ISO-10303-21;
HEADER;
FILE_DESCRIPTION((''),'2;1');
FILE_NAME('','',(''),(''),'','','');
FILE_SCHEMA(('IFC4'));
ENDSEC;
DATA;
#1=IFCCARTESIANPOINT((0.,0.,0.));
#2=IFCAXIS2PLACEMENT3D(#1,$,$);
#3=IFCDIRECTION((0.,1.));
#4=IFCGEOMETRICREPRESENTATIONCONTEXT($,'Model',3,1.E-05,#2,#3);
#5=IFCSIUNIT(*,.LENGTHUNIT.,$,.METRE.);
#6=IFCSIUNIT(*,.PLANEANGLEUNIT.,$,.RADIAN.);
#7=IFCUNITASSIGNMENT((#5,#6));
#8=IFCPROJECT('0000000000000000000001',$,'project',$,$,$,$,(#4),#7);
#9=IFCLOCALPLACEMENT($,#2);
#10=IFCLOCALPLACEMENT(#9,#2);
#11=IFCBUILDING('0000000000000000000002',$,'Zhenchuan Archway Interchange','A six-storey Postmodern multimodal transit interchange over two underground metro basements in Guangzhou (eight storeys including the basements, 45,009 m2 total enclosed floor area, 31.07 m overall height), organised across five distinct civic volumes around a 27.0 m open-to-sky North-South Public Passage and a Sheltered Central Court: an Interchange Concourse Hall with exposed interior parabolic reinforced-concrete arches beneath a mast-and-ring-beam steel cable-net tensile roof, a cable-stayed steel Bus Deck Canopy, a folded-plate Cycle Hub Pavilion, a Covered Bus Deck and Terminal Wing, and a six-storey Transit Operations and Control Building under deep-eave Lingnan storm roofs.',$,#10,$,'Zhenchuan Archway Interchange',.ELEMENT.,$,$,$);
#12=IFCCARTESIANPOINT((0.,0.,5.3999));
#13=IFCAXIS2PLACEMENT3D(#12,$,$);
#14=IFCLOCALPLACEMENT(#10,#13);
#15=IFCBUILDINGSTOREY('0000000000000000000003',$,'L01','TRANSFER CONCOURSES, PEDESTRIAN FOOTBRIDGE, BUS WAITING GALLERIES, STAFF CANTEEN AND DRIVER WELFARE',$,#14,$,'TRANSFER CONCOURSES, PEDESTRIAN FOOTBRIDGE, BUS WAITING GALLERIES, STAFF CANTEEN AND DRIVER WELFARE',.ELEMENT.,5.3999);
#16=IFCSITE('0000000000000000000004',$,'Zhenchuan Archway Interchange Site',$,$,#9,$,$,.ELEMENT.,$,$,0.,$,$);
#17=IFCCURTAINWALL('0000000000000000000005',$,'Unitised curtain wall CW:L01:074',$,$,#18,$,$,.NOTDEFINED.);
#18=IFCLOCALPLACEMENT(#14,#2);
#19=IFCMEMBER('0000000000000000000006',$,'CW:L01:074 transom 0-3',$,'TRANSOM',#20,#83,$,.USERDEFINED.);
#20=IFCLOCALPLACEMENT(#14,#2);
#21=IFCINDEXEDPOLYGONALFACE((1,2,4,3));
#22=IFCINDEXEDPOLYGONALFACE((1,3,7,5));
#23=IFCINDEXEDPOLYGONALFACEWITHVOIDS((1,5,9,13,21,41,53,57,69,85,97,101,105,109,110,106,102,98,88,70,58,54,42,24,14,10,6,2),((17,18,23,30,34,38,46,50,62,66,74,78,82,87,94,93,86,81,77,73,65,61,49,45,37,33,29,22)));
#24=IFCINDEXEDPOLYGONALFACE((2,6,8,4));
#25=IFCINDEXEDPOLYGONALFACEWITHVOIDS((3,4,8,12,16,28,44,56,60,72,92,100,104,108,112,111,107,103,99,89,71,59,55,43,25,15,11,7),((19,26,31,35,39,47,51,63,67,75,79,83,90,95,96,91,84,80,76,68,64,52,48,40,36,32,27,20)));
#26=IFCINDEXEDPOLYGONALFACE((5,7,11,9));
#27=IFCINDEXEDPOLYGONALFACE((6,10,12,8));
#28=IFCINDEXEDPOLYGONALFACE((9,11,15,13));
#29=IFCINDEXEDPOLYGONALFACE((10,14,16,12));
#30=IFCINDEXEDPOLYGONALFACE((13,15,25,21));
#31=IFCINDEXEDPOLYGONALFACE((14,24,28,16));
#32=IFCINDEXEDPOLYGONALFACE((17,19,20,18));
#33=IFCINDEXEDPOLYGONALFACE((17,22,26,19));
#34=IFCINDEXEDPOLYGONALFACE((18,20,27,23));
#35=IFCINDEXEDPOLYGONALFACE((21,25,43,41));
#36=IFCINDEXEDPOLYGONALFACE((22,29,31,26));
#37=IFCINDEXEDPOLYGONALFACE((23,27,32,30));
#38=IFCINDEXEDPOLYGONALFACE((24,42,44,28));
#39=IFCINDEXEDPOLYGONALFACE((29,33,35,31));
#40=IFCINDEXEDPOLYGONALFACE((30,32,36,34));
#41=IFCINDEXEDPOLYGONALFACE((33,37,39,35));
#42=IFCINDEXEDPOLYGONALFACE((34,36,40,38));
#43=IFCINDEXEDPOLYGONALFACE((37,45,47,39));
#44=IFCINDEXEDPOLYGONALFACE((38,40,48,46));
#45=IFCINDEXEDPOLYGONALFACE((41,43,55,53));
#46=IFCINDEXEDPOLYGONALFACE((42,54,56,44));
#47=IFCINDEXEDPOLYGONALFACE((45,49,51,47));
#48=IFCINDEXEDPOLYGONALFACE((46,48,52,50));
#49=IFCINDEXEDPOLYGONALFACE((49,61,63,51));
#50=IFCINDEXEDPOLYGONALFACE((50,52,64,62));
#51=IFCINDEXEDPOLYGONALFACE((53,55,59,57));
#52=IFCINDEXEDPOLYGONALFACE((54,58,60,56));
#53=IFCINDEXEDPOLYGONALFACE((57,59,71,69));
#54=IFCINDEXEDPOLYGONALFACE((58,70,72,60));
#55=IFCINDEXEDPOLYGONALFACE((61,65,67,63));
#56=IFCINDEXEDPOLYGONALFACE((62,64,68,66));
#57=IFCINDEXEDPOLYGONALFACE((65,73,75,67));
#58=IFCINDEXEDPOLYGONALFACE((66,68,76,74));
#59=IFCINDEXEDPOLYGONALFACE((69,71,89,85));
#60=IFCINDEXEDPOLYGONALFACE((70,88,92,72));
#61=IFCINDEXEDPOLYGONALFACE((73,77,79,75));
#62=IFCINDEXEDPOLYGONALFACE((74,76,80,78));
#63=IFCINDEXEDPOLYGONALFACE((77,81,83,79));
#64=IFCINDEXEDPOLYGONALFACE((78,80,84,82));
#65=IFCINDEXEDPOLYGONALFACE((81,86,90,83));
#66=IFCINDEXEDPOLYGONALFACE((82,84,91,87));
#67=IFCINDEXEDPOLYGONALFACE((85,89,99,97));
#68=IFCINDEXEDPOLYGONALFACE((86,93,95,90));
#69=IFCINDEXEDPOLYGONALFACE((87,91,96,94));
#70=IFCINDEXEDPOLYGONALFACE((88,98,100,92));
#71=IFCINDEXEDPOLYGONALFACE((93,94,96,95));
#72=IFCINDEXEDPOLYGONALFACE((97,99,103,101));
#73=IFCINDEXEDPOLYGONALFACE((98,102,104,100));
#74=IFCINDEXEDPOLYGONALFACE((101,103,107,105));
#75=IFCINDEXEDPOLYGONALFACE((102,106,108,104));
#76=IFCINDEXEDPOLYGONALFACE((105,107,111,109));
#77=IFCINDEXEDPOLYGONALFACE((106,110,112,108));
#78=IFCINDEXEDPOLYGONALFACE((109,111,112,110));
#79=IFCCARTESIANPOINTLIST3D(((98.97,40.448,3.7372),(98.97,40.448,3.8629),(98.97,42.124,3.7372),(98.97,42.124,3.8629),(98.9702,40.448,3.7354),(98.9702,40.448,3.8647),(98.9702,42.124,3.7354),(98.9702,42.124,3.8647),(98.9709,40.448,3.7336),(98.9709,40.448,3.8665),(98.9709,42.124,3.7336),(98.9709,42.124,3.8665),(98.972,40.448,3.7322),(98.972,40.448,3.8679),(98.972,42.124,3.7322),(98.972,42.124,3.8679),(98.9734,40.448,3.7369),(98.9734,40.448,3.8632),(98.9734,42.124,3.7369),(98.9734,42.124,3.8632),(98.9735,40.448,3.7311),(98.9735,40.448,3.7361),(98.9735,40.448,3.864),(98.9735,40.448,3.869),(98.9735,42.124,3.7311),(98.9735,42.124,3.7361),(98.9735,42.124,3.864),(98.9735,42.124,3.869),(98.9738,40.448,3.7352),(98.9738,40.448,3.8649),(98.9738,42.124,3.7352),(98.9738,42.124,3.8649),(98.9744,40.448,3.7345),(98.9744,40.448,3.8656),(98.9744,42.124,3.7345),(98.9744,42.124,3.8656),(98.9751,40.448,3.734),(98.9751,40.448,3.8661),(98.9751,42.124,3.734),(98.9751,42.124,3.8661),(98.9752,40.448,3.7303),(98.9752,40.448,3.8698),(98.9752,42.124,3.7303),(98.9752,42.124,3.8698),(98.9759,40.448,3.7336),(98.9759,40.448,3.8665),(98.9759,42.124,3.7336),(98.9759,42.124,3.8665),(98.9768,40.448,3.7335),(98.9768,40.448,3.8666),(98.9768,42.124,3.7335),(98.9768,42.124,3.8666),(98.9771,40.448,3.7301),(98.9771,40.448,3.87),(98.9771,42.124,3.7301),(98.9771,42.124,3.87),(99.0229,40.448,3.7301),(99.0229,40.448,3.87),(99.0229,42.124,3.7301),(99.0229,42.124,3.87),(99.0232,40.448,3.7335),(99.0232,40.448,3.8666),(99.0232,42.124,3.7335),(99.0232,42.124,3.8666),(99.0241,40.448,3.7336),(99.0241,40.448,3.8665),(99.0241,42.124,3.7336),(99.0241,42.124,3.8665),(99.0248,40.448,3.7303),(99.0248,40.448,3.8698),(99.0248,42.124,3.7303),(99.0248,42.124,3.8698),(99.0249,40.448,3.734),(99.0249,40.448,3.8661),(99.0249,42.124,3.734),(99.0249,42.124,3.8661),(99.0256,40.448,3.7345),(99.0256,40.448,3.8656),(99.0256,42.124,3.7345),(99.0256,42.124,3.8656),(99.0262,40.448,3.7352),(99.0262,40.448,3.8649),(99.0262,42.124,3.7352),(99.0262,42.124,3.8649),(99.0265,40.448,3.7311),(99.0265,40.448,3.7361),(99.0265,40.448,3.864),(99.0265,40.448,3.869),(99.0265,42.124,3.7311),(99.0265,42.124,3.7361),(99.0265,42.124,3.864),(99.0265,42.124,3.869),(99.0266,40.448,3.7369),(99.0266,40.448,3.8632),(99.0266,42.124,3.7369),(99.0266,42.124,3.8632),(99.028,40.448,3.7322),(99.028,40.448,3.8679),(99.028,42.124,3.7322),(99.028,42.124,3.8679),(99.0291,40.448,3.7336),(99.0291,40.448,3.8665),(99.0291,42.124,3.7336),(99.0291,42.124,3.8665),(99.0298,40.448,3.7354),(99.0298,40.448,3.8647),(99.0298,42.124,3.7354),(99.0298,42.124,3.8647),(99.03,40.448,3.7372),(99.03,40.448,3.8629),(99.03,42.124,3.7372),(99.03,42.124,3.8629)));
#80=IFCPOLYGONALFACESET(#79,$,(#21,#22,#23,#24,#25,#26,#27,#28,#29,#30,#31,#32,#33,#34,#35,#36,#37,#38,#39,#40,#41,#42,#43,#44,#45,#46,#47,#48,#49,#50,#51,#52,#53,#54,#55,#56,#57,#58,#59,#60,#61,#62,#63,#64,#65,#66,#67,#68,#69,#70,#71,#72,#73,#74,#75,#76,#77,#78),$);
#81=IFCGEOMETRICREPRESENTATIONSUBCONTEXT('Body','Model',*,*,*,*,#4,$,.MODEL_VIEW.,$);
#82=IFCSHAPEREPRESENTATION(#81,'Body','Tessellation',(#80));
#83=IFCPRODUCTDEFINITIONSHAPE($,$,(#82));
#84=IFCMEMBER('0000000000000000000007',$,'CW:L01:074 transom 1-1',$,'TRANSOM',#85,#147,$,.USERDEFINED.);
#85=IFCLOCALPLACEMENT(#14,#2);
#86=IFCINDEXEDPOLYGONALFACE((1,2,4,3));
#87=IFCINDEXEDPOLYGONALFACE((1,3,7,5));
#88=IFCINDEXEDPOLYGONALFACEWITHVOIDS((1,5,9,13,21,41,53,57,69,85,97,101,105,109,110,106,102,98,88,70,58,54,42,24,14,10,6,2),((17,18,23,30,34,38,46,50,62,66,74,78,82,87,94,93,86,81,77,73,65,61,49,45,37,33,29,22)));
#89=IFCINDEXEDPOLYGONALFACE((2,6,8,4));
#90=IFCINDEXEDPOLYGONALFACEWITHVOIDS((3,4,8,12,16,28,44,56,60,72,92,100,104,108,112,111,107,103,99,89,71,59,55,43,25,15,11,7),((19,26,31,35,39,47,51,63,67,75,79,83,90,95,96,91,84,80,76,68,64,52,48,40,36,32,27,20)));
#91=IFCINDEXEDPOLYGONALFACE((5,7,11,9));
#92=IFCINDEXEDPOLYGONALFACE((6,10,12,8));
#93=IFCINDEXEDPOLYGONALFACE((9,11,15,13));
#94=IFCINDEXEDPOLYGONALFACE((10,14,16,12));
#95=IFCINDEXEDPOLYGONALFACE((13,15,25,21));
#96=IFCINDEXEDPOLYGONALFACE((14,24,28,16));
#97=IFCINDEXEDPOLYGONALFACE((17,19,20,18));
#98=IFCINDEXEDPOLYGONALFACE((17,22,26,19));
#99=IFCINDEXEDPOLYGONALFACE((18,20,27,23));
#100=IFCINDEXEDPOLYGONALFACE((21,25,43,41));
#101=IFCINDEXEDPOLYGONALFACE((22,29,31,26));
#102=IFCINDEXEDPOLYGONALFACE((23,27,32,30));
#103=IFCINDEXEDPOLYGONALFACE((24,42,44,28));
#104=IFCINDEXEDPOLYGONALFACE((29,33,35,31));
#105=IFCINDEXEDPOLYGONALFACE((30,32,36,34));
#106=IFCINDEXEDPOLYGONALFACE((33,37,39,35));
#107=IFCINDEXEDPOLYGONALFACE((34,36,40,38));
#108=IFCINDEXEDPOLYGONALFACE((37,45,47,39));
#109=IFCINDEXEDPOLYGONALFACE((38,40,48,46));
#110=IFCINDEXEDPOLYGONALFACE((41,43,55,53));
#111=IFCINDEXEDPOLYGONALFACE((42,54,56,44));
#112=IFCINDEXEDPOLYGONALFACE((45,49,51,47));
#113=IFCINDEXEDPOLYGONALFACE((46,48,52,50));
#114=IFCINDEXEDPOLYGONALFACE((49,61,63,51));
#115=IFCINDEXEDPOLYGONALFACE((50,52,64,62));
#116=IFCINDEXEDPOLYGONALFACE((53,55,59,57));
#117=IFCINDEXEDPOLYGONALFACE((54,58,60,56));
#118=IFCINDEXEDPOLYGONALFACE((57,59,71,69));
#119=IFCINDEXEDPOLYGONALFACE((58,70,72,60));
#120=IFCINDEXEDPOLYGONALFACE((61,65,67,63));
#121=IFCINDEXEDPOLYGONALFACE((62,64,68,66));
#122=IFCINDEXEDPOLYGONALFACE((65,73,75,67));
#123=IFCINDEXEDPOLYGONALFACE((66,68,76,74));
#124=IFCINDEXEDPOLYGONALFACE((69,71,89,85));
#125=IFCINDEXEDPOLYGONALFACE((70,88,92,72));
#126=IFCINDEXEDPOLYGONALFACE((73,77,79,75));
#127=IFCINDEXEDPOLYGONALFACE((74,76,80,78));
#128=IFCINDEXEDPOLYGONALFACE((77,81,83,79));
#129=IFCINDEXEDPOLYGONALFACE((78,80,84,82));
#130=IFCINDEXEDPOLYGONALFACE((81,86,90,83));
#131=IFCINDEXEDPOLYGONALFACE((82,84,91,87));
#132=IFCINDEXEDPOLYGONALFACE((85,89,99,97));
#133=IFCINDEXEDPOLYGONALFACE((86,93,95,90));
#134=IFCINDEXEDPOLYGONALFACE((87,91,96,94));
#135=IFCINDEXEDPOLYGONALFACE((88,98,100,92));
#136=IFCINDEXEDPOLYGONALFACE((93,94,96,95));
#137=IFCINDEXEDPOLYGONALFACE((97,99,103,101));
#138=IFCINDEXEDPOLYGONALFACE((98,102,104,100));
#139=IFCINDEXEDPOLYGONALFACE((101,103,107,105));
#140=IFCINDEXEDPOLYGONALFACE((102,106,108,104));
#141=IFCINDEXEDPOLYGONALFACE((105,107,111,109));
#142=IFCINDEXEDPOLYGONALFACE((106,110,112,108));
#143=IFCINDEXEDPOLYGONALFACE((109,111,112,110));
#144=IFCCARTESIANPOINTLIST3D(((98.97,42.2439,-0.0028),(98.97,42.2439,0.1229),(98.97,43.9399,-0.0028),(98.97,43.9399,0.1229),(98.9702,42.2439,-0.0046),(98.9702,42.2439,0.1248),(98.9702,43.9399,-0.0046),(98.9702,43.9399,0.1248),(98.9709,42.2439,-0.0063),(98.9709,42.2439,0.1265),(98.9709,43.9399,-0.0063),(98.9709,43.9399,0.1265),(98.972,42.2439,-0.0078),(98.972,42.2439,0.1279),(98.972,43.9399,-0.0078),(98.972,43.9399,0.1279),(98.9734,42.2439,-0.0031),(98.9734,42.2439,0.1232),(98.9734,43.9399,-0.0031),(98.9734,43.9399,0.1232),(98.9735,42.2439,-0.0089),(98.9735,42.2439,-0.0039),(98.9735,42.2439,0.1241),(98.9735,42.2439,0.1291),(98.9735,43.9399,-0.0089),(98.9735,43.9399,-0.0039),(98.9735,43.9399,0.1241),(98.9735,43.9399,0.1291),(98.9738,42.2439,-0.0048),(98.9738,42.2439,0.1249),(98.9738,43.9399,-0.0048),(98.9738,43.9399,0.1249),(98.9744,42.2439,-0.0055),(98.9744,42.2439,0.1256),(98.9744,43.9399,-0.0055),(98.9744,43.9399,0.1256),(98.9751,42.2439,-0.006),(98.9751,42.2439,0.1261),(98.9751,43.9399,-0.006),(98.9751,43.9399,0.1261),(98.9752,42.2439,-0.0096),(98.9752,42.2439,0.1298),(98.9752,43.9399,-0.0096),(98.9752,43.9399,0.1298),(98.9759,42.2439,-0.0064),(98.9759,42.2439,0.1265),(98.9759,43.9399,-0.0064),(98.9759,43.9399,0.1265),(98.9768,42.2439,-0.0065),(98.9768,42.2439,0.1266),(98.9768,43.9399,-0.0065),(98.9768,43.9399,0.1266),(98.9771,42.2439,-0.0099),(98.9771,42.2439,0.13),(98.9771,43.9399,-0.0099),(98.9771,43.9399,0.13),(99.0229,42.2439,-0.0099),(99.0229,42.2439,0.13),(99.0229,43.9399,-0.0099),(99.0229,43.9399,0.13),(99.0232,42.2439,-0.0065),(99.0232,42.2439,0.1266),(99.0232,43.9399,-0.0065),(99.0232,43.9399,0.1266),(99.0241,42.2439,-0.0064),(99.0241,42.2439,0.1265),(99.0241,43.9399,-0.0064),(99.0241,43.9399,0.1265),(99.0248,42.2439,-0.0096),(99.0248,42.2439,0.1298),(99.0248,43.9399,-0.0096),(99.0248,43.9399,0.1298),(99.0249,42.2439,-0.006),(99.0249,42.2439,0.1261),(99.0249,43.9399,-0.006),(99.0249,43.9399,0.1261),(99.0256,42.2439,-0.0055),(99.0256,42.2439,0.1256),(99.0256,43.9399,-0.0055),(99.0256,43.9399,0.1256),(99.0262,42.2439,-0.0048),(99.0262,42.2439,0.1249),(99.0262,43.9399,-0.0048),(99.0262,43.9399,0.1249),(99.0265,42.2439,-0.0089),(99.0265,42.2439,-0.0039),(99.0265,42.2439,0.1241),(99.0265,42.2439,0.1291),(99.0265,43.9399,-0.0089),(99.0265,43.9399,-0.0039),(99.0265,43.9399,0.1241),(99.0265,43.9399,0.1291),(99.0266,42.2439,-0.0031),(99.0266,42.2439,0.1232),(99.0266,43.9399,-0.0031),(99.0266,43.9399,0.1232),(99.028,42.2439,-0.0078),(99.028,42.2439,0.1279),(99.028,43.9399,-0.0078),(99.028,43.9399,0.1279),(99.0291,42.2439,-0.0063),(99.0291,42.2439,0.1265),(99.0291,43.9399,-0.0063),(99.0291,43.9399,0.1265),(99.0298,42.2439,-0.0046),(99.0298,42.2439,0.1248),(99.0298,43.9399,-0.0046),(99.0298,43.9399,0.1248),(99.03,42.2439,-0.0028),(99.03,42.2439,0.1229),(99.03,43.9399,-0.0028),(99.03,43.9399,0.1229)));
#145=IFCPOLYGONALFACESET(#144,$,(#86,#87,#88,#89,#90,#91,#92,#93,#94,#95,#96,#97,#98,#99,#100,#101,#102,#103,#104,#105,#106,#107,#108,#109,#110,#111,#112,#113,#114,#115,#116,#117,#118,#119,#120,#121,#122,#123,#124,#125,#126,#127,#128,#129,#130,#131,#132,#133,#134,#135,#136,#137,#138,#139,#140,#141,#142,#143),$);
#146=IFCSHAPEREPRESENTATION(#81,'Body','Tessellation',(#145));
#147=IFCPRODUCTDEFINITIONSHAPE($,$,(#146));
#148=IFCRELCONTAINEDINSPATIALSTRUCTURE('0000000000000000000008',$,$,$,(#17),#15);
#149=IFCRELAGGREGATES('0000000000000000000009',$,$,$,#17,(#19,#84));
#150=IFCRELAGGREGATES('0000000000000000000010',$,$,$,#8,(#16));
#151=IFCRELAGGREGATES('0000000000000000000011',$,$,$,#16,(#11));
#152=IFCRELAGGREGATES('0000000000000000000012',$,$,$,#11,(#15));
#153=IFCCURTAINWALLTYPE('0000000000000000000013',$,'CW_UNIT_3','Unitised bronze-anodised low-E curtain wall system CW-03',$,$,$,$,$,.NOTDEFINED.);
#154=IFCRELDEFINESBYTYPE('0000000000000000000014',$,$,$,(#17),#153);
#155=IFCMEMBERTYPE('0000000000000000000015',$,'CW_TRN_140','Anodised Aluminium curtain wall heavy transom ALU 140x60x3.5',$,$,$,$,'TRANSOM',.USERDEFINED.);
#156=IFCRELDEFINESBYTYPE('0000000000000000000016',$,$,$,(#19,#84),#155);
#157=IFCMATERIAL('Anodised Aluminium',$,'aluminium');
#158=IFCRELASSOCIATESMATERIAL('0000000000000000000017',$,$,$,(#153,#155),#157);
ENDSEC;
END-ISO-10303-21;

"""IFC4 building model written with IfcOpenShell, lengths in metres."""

from ifc_helpers import new_model, si_unit, direction, frame, origin, origin_2d, place, context, subcontext, project, spatial, hollow_rectangle, extrude, material, material_profile, profile_set, type_object, element, aggregate, save


model = new_model("IFC4")

# Units and contexts
model_context = context("Model", 3, precision=1e-05, world=origin(), true_north=direction((0.0, 1.0)))
body_context = subcontext(model_context, "Body", "Model", "MODEL_VIEW")
ifc_project = project(units=[si_unit("LENGTHUNIT", "METRE"), si_unit("PLANEANGLEUNIT", "RADIAN")], contexts=[model_context])

# Site, building, storey
site_placement = place(None, origin())
site = spatial("IfcSite", under=ifc_project, at=site_placement, Name="Zhenchuan Archway Interchange Site", CompositionType="ELEMENT", RefElevation=0.0)
building_placement = place(site_placement, origin())
building = spatial("IfcBuilding", under=site, at=building_placement, Name="Zhenchuan Archway Interchange", Description="A six-storey Postmodern multimodal transit interchange over two underground metro basements in Guangzhou (eight storeys including the basements, 45,009 m2 total enclosed floor area, 31.07 m overall height), organised across five distinct civic volumes around a 27.0 m open-to-sky North-South Public Passage and a Sheltered Central Court: an Interchange Concourse Hall with exposed interior parabolic reinforced-concrete arches beneath a mast-and-ring-beam steel cable-net tensile roof, a cable-stayed steel Bus Deck Canopy, a folded-plate Cycle Hub Pavilion, a Covered Bus Deck and Terminal Wing, and a six-storey Transit Operations and Control Building under deep-eave Lingnan storm roofs.", LongName="Zhenchuan Archway Interchange", CompositionType="ELEMENT")
storey_placement = place(building_placement, frame((0.0, 0.0, 5.3999)))
storey = spatial("IfcBuildingStorey", under=building, at=storey_placement, Name="L01", Description="TRANSFER CONCOURSES, PEDESTRIAN FOOTBRIDGE, BUS WAITING GALLERIES, STAFF CANTEEN AND DRIVER WELFARE", LongName="TRANSFER CONCOURSES, PEDESTRIAN FOOTBRIDGE, BUS WAITING GALLERIES, STAFF CANTEEN AND DRIVER WELFARE", CompositionType="ELEMENT", Elevation=5.3999)

# Curtain wall
ifc_material_1 = material(Name="Anodised Aluminium", Category="aluminium")
curtain_wall_type_1 = type_object("IfcCurtainWallType", Name="CW_UNIT_3", Description="Unitised bronze-anodised low-E curtain wall system CW-03", PredefinedType="NOTDEFINED", material=ifc_material_1)
curtain_wall_1_placement = place(storey_placement, origin())
curtain_wall_1 = element("IfcCurtainWall", 1, at=curtain_wall_1_placement, inside=storey, type_object=curtain_wall_type_1, Name="Unitised curtain wall CW:L01:074", PredefinedType="NOTDEFINED")

# Members
ifc_material_profile_1 = material_profile(ifc_material_1, hollow_rectangle(XDim=0.0601, YDim=0.1399, WallThickness=0.0034, InnerFilletRadius=0.0034, OuterFilletRadius=0.0071, at=origin_2d()), Name="ALU 140x60x3.5")
ifc_profile_set_1 = profile_set([ifc_material_profile_1], Name="Anodised Aluminium")
member_type_1 = type_object("IfcMemberType", Name="CW_TRN_140", Description="Anodised Aluminium curtain wall heavy transom ALU 140x60x3.5", ElementType="TRANSOM", PredefinedType="USERDEFINED", material=ifc_profile_set_1)
member_1_placement = place(storey_placement, frame((99.0, 40.448, 3.8), z_axis=(0.0, 1.0, 0.0), x_axis=(-1.0, 0.0, 0.0)))
member_1 = element("IfcMember", 2, at=member_1_placement, type_object=member_type_1, Name="CW:L01:074 transom 0-3", ObjectType="TRANSOM", PredefinedType="USERDEFINED", context=body_context, shape_type="SweptSolid", body=[
    extrude(hollow_rectangle(XDim=0.0601, YDim=0.1399, WallThickness=0.0034, InnerFilletRadius=0.0034, OuterFilletRadius=0.0071, at=origin_2d()), origin(), (0.0, 0.0, 1.0), 1.676),
])
member_2_placement = place(storey_placement, frame((99.0, 42.2439, 0.0601), z_axis=(0.0, 1.0, 0.0), x_axis=(-1.0, 0.0, 0.0)))
member_2 = element("IfcMember", 3, at=member_2_placement, type_object=member_type_1, Name="CW:L01:074 transom 1-1", ObjectType="TRANSOM", PredefinedType="USERDEFINED", context=body_context, shape_type="SweptSolid", body=[
    extrude(hollow_rectangle(XDim=0.0601, YDim=0.1399, WallThickness=0.0034, InnerFilletRadius=0.0034, OuterFilletRadius=0.0071, at=origin_2d()), origin(), (0.0, 0.0, 1.0), 1.696),
])

aggregate(curtain_wall_1, [member_1, member_2])

save(model, "model.ifc")
